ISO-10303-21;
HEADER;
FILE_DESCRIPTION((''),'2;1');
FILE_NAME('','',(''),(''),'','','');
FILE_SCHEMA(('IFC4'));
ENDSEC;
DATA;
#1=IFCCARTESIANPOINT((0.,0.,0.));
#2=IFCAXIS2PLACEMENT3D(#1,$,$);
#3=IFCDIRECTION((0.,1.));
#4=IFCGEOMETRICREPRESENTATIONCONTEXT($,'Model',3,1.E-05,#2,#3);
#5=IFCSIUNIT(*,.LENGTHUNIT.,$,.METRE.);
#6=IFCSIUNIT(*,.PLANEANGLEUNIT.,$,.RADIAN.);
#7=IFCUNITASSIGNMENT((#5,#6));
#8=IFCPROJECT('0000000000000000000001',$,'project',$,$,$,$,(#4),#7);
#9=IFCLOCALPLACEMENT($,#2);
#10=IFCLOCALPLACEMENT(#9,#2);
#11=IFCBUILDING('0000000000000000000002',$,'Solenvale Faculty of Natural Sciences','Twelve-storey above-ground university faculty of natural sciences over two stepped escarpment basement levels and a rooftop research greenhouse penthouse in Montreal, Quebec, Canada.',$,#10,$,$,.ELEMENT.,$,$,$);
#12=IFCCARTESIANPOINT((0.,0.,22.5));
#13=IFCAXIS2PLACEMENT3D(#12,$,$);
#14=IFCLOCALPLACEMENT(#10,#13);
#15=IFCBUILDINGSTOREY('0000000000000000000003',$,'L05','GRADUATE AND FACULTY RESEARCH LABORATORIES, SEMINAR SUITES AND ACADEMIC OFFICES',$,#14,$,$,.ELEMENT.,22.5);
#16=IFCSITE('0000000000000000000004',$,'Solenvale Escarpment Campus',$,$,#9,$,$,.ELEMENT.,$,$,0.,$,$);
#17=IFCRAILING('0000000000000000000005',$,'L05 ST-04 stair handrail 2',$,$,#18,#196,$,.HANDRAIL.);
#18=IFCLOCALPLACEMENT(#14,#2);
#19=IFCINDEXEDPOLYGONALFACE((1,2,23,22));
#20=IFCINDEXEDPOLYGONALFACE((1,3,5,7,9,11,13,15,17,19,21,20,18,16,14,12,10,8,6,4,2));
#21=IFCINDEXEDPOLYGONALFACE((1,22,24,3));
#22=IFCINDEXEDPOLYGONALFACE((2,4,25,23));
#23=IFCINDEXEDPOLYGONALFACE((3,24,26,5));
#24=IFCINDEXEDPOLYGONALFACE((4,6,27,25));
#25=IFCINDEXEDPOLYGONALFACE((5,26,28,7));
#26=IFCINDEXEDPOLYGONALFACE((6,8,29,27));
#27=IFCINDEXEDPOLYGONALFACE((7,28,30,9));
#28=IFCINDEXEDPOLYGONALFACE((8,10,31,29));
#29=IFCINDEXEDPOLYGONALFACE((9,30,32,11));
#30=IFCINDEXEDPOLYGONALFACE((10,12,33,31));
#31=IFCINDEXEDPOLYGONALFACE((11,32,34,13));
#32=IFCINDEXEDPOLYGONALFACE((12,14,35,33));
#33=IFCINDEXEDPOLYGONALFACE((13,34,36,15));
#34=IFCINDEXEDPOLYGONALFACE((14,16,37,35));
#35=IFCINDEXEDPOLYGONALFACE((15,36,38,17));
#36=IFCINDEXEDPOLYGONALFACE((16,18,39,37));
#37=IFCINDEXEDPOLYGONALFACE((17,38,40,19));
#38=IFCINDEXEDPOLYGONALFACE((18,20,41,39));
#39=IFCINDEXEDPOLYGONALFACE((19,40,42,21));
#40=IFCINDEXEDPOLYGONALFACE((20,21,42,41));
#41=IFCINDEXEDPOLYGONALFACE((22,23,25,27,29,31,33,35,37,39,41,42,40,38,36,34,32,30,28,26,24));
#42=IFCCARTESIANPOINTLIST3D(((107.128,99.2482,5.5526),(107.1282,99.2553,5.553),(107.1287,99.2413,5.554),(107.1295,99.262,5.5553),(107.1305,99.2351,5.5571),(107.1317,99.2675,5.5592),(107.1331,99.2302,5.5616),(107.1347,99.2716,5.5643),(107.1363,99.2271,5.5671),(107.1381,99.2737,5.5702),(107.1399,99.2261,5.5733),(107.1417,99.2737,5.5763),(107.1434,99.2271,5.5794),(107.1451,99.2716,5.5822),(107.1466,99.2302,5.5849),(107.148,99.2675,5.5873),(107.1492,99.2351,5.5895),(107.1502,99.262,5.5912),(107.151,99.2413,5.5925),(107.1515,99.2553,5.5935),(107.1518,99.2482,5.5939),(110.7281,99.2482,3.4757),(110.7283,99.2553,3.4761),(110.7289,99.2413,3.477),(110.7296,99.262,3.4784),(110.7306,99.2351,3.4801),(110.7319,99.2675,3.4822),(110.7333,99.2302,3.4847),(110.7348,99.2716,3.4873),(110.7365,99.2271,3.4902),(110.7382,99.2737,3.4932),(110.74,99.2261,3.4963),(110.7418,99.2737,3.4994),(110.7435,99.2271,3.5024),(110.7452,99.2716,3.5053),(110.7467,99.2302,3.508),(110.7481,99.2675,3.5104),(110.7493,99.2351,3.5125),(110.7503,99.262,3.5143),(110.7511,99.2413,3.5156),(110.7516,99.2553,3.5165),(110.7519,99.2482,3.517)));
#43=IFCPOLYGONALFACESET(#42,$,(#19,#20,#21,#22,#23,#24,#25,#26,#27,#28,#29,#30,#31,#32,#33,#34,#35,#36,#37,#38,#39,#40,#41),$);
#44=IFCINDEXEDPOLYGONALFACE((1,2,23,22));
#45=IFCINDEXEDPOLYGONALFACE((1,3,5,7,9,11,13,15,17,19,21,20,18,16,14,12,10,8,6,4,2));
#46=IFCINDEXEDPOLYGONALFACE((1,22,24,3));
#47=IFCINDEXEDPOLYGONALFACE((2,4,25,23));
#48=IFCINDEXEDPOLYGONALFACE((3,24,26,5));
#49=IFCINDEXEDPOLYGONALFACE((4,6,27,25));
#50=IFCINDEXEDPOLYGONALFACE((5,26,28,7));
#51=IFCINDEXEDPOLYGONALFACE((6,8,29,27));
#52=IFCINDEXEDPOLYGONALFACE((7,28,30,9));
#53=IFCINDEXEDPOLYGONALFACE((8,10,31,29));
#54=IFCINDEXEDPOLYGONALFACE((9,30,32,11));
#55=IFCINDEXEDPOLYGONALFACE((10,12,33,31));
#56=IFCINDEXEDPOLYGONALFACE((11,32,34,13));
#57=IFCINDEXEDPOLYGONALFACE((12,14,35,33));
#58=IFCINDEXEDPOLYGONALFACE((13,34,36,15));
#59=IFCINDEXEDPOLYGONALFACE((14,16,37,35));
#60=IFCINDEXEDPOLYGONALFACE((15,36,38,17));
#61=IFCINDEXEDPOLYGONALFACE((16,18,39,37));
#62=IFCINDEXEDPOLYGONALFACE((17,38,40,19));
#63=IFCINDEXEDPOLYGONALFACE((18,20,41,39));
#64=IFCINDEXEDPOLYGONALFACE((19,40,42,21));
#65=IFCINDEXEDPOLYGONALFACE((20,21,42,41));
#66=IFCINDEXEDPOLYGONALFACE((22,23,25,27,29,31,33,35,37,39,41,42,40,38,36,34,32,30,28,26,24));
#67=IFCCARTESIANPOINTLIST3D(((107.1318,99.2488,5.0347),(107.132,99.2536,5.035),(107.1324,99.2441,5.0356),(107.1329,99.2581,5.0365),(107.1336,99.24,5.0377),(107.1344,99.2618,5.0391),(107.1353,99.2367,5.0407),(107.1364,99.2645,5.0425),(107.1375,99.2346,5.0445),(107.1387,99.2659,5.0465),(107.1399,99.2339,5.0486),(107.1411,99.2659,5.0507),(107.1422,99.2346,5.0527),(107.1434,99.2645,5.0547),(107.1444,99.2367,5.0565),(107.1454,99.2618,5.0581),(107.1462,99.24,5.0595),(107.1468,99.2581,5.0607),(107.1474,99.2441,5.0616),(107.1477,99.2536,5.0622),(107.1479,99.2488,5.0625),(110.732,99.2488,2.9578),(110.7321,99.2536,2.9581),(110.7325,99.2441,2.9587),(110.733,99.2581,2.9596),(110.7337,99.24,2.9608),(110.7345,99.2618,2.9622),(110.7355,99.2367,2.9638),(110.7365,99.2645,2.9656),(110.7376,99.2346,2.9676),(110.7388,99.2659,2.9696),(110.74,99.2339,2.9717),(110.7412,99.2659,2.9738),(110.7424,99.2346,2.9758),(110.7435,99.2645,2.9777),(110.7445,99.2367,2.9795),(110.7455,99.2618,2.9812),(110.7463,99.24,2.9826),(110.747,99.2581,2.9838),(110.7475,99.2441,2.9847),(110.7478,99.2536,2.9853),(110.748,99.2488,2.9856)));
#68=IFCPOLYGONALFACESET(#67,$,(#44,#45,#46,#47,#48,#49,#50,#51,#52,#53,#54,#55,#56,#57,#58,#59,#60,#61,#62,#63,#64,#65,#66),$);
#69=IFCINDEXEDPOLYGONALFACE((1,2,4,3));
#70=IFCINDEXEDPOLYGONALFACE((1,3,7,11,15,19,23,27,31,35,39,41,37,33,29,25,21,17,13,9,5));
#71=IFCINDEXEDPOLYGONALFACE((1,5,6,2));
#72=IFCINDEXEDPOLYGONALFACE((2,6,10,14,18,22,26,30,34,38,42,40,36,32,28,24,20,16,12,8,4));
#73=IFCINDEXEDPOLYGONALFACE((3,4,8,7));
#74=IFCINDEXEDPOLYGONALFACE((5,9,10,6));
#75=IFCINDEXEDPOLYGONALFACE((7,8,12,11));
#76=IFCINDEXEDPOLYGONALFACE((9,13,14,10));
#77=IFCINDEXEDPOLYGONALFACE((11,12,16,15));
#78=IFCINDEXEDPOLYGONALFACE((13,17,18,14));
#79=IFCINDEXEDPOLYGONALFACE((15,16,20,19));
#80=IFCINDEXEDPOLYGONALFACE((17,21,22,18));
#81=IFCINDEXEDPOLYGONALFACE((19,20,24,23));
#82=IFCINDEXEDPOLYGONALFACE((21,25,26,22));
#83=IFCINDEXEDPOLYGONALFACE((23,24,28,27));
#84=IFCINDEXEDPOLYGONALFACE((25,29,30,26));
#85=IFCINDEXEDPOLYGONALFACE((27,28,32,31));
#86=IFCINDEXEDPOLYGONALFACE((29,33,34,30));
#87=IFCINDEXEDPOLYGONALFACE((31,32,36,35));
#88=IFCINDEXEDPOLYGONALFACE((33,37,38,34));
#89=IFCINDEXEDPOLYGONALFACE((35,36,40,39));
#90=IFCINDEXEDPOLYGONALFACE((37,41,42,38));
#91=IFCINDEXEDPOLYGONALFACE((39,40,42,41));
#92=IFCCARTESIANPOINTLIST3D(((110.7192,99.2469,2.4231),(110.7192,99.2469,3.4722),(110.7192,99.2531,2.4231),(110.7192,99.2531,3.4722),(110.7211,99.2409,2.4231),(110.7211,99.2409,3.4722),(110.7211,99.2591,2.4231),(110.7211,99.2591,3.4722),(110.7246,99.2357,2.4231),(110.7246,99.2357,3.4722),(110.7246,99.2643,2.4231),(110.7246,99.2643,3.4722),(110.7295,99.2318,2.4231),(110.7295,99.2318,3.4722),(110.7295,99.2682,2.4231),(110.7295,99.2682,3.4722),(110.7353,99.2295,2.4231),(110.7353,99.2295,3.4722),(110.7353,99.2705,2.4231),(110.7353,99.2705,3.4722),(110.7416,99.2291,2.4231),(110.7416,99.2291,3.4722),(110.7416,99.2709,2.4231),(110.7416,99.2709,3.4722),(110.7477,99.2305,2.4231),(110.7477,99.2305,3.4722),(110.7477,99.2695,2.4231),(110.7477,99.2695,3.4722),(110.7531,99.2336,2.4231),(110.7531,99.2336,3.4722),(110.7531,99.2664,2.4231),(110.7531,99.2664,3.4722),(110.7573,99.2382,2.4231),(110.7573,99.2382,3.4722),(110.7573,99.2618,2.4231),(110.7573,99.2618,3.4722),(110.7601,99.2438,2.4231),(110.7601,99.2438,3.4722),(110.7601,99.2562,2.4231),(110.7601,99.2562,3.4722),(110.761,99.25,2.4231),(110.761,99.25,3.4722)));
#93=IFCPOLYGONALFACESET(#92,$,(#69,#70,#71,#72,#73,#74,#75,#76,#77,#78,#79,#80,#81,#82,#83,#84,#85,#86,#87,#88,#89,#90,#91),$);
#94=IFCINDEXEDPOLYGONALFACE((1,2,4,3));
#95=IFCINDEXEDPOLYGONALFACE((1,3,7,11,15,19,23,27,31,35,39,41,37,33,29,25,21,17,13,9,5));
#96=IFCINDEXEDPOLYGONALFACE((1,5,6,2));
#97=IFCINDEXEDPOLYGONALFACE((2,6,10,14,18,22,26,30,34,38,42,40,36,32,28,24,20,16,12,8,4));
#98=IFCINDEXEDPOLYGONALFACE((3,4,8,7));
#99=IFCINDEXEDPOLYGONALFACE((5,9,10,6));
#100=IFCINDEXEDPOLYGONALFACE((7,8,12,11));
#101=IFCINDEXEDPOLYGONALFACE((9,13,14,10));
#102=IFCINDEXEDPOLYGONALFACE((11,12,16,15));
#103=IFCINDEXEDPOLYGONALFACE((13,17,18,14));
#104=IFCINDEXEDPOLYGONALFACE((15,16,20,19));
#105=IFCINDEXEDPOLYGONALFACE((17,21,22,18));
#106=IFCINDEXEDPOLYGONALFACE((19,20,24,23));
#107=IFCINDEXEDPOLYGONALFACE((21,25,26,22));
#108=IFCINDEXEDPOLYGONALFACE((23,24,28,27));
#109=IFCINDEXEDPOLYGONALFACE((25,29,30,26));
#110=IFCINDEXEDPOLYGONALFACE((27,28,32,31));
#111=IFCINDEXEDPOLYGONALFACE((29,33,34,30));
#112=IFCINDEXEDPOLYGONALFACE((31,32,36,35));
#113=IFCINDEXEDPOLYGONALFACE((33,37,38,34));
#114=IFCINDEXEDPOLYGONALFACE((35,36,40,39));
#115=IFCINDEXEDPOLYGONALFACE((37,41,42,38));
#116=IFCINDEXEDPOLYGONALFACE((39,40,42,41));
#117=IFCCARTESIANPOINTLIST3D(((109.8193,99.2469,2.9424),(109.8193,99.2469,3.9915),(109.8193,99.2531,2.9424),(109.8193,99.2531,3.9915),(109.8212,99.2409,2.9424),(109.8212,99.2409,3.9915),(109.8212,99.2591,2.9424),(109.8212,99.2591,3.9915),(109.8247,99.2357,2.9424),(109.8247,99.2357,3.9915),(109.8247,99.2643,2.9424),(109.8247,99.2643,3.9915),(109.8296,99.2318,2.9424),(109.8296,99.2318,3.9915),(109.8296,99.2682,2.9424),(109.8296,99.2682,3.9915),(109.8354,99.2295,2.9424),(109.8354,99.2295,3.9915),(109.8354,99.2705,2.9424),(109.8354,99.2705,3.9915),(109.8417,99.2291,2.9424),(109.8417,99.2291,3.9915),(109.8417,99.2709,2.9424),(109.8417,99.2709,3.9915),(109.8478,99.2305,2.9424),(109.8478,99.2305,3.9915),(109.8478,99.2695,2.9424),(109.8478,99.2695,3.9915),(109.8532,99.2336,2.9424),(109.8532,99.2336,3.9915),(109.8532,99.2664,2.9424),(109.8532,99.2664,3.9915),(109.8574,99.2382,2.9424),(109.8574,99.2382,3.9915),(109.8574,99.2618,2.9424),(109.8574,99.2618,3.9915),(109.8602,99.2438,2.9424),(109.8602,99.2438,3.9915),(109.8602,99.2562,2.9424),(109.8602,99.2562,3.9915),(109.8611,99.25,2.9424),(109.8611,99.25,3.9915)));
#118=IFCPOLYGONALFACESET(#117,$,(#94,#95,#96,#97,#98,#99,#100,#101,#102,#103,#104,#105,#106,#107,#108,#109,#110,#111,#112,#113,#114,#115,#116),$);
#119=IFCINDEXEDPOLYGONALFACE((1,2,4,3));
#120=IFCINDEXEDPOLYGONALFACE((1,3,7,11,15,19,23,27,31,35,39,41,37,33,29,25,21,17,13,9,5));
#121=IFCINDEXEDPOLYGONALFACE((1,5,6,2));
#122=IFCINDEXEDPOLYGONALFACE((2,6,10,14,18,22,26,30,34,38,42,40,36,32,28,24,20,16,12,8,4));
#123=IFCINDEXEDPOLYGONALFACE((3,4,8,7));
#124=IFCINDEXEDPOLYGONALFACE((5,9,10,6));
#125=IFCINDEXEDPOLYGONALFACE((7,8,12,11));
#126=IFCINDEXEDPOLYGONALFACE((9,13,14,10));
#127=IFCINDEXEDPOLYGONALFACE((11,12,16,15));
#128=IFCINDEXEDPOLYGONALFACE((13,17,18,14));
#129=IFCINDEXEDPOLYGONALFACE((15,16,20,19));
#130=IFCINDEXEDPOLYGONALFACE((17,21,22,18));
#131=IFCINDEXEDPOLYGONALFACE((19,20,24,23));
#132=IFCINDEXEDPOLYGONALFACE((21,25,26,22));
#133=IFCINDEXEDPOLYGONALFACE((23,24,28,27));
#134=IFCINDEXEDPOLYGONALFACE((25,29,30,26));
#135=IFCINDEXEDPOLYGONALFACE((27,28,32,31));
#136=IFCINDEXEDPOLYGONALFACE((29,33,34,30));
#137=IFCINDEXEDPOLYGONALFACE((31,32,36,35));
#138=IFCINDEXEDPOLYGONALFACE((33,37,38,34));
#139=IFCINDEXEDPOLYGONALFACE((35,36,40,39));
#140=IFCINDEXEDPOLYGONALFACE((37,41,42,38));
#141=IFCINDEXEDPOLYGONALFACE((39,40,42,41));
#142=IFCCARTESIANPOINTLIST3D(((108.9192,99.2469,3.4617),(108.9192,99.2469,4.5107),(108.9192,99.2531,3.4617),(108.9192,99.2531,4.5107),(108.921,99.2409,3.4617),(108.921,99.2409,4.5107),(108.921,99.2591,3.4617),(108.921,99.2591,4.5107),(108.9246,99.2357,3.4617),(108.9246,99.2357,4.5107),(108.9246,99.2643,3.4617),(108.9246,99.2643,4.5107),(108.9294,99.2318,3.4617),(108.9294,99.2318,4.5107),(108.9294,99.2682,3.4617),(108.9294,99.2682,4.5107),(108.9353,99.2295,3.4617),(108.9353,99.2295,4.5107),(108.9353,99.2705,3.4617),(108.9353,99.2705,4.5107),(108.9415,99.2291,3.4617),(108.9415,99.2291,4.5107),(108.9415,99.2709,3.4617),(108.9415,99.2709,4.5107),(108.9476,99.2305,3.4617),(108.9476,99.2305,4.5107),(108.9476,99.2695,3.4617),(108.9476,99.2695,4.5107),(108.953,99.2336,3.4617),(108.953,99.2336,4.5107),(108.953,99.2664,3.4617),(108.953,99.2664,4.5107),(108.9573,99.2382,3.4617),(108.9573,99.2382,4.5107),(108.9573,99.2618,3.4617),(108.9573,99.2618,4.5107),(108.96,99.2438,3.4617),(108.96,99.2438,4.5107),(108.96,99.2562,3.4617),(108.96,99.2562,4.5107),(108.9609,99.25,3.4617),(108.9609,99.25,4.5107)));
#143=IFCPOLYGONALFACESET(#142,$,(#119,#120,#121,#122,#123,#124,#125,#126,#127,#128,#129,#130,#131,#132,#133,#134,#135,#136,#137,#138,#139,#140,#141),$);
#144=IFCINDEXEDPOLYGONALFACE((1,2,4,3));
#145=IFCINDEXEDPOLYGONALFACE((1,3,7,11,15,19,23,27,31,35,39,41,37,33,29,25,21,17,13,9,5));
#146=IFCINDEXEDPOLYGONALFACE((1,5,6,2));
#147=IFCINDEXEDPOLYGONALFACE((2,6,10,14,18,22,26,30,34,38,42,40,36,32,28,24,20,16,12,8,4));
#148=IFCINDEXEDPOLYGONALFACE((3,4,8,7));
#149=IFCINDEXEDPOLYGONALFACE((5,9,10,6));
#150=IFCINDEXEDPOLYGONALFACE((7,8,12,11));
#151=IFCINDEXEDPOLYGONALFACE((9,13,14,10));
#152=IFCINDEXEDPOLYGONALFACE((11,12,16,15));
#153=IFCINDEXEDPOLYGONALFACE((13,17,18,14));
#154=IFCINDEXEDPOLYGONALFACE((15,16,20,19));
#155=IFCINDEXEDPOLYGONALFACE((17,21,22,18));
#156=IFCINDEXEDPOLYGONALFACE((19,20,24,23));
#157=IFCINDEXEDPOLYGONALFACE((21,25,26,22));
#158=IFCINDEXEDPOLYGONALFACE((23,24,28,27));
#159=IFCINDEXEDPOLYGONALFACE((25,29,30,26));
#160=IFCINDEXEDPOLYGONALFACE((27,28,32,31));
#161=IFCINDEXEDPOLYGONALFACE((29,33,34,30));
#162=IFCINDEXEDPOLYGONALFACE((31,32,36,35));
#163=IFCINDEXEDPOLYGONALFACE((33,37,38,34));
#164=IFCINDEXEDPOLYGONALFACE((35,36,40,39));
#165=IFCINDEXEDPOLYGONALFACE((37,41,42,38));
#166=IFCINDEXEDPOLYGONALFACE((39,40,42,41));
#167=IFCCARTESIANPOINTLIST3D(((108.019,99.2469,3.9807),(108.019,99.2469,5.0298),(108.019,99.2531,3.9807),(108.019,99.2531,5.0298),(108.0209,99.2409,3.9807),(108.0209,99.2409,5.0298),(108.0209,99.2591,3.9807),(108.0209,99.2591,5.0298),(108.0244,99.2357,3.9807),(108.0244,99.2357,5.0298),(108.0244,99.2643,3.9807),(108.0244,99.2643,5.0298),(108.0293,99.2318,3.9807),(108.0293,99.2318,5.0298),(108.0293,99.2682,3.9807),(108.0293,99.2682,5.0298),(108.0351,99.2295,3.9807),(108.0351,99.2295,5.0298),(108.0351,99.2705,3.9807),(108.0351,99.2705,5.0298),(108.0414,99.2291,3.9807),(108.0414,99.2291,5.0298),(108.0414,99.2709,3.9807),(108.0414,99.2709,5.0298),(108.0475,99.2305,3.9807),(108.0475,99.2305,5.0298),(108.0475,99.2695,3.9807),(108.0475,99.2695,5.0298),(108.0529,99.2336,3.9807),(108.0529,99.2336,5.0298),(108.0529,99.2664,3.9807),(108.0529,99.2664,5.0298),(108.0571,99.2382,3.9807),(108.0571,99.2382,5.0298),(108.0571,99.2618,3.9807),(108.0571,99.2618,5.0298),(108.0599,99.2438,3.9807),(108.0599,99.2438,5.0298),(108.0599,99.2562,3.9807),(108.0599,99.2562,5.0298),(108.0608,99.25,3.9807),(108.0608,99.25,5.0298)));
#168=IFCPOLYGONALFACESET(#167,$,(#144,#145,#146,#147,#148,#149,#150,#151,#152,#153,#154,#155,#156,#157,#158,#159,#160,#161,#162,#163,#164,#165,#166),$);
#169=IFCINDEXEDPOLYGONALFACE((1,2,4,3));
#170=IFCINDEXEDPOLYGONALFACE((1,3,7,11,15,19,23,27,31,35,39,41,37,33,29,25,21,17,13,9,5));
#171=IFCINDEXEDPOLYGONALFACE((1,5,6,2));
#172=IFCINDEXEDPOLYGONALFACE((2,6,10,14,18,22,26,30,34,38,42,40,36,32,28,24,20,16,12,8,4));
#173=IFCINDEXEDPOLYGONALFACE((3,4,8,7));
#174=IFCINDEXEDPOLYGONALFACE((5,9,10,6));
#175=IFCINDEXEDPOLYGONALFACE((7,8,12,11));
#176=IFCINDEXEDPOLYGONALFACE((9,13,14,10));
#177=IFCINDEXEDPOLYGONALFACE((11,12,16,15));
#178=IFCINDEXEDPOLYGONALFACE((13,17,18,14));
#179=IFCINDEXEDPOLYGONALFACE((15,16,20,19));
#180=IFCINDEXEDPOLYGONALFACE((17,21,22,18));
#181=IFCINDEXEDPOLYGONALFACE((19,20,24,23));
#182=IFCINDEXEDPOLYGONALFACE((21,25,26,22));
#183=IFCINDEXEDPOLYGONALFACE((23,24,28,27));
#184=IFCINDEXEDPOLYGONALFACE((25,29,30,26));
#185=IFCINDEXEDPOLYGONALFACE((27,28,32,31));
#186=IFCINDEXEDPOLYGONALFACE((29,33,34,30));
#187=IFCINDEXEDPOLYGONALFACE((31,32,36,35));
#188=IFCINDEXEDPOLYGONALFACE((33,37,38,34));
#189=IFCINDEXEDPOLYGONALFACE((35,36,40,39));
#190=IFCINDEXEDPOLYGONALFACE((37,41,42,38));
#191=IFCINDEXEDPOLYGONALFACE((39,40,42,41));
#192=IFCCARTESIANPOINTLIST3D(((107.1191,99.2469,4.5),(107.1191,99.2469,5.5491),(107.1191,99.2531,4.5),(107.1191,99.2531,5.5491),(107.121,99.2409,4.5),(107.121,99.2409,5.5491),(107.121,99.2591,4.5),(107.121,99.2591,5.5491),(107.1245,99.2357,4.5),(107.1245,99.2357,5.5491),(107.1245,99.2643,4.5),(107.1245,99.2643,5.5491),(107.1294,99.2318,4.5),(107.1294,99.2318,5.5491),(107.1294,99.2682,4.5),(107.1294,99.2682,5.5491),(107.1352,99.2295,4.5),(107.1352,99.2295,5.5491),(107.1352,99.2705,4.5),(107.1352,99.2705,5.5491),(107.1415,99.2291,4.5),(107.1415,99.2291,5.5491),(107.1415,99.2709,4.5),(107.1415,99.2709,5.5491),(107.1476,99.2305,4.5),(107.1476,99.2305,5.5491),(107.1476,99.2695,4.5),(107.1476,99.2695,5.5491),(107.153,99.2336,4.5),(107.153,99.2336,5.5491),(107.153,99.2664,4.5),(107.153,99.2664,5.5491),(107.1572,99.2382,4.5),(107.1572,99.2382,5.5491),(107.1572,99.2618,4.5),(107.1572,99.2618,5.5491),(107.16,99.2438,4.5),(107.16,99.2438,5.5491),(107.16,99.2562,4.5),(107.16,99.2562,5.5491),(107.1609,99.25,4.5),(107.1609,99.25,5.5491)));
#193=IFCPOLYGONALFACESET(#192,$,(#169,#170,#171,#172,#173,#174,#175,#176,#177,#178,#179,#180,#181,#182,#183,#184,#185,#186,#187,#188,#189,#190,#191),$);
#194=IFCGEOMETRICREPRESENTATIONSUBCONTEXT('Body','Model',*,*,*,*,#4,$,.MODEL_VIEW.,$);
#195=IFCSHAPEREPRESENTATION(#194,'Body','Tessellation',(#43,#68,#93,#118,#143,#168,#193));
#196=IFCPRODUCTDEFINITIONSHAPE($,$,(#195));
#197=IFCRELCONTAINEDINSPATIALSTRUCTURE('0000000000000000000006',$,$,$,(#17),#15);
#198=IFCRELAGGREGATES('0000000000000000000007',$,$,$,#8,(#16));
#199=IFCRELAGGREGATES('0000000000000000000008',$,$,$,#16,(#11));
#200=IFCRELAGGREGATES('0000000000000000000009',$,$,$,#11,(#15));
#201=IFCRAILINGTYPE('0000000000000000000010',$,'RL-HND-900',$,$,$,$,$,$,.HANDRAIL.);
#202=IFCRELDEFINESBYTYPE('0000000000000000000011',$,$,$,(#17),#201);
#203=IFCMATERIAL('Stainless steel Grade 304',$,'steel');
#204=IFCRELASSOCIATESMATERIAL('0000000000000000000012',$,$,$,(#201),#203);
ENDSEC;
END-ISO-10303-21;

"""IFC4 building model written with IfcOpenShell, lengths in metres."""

from ifc_helpers import new_model, si_unit, direction, frame, origin, origin_2d, place, context, subcontext, project, spatial, circle, extrude, material, type_object, element, save


model = new_model("IFC4")

# Units and contexts
model_context = context("Model", 3, precision=1e-05, world=origin(), true_north=direction((0.0, 1.0)))
body_context = subcontext(model_context, "Body", "Model", "MODEL_VIEW")
ifc_project = project(units=[si_unit("LENGTHUNIT", "METRE"), si_unit("PLANEANGLEUNIT", "RADIAN")], contexts=[model_context])

# Site, building, storey
site_placement = place(None, origin())
site = spatial("IfcSite", under=ifc_project, at=site_placement, Name="Solenvale Escarpment Campus", CompositionType="ELEMENT", RefElevation=0.0)
building_placement = place(site_placement, origin())
building = spatial("IfcBuilding", under=site, at=building_placement, Name="Solenvale Faculty of Natural Sciences", Description="Twelve-storey above-ground university faculty of natural sciences over two stepped escarpment basement levels and a rooftop research greenhouse penthouse in Montreal, Quebec, Canada.", CompositionType="ELEMENT")
storey_placement = place(building_placement, frame((0.0, 0.0, 22.5)))
storey = spatial("IfcBuildingStorey", under=building, at=storey_placement, Name="L05", Description="GRADUATE AND FACULTY RESEARCH LABORATORIES, SEMINAR SUITES AND ACADEMIC OFFICES", CompositionType="ELEMENT", Elevation=22.5)

# Railing
ifc_material_1 = material(Name="Stainless steel Grade 304", Category="steel")
railing_type_1 = type_object("IfcRailingType", Name="RL-HND-900", PredefinedType="HANDRAIL", material=ifc_material_1)
railing_1_placement = place(storey_placement, frame((110.74, 99.25, 2.4231)))
element("IfcRailing", 1, at=railing_1_placement, inside=storey, type_object=railing_type_1, Name="L05 ST-04 stair handrail 2", PredefinedType="HANDRAIL", context=body_context, shape_type="SweptSolid", body=[
    extrude(circle(Radius=0.0239, at=origin_2d()), frame((0.0, 0.0, 1.0732), z_axis=(-0.866193, 0.0, 0.499709), x_axis=(0.0, -1.0, 0.0)), (0.0, 0.0, 1.0), 4.1562),
    extrude(circle(Radius=0.0161, at=origin_2d()), frame((0.0, 0.0, 0.5486), z_axis=(-0.866193, 0.0, 0.499709), x_axis=(0.0, -1.0, 0.0)), (0.0, 0.0, 1.0), 4.1562),
    extrude(circle(Radius=0.021, at=origin_2d()), origin(), (0.0, 0.0, 1.0), 1.0491),
    extrude(circle(Radius=0.021, at=origin_2d()), frame((-0.8999, 0.0, 0.5193)), (0.0, 0.0, 1.0), 1.0491),
    extrude(circle(Radius=0.021, at=origin_2d()), frame((-1.8, 0.0, 1.0386)), (0.0, 0.0, 1.0), 1.0491),
    extrude(circle(Radius=0.021, at=origin_2d()), frame((-2.7002, 0.0, 1.5576)), (0.0, 0.0, 1.0), 1.0491),
    extrude(circle(Radius=0.021, at=origin_2d()), frame((-3.6001, 0.0, 2.0769)), (0.0, 0.0, 1.0), 1.0491),
])

save(model, "model.ifc")
